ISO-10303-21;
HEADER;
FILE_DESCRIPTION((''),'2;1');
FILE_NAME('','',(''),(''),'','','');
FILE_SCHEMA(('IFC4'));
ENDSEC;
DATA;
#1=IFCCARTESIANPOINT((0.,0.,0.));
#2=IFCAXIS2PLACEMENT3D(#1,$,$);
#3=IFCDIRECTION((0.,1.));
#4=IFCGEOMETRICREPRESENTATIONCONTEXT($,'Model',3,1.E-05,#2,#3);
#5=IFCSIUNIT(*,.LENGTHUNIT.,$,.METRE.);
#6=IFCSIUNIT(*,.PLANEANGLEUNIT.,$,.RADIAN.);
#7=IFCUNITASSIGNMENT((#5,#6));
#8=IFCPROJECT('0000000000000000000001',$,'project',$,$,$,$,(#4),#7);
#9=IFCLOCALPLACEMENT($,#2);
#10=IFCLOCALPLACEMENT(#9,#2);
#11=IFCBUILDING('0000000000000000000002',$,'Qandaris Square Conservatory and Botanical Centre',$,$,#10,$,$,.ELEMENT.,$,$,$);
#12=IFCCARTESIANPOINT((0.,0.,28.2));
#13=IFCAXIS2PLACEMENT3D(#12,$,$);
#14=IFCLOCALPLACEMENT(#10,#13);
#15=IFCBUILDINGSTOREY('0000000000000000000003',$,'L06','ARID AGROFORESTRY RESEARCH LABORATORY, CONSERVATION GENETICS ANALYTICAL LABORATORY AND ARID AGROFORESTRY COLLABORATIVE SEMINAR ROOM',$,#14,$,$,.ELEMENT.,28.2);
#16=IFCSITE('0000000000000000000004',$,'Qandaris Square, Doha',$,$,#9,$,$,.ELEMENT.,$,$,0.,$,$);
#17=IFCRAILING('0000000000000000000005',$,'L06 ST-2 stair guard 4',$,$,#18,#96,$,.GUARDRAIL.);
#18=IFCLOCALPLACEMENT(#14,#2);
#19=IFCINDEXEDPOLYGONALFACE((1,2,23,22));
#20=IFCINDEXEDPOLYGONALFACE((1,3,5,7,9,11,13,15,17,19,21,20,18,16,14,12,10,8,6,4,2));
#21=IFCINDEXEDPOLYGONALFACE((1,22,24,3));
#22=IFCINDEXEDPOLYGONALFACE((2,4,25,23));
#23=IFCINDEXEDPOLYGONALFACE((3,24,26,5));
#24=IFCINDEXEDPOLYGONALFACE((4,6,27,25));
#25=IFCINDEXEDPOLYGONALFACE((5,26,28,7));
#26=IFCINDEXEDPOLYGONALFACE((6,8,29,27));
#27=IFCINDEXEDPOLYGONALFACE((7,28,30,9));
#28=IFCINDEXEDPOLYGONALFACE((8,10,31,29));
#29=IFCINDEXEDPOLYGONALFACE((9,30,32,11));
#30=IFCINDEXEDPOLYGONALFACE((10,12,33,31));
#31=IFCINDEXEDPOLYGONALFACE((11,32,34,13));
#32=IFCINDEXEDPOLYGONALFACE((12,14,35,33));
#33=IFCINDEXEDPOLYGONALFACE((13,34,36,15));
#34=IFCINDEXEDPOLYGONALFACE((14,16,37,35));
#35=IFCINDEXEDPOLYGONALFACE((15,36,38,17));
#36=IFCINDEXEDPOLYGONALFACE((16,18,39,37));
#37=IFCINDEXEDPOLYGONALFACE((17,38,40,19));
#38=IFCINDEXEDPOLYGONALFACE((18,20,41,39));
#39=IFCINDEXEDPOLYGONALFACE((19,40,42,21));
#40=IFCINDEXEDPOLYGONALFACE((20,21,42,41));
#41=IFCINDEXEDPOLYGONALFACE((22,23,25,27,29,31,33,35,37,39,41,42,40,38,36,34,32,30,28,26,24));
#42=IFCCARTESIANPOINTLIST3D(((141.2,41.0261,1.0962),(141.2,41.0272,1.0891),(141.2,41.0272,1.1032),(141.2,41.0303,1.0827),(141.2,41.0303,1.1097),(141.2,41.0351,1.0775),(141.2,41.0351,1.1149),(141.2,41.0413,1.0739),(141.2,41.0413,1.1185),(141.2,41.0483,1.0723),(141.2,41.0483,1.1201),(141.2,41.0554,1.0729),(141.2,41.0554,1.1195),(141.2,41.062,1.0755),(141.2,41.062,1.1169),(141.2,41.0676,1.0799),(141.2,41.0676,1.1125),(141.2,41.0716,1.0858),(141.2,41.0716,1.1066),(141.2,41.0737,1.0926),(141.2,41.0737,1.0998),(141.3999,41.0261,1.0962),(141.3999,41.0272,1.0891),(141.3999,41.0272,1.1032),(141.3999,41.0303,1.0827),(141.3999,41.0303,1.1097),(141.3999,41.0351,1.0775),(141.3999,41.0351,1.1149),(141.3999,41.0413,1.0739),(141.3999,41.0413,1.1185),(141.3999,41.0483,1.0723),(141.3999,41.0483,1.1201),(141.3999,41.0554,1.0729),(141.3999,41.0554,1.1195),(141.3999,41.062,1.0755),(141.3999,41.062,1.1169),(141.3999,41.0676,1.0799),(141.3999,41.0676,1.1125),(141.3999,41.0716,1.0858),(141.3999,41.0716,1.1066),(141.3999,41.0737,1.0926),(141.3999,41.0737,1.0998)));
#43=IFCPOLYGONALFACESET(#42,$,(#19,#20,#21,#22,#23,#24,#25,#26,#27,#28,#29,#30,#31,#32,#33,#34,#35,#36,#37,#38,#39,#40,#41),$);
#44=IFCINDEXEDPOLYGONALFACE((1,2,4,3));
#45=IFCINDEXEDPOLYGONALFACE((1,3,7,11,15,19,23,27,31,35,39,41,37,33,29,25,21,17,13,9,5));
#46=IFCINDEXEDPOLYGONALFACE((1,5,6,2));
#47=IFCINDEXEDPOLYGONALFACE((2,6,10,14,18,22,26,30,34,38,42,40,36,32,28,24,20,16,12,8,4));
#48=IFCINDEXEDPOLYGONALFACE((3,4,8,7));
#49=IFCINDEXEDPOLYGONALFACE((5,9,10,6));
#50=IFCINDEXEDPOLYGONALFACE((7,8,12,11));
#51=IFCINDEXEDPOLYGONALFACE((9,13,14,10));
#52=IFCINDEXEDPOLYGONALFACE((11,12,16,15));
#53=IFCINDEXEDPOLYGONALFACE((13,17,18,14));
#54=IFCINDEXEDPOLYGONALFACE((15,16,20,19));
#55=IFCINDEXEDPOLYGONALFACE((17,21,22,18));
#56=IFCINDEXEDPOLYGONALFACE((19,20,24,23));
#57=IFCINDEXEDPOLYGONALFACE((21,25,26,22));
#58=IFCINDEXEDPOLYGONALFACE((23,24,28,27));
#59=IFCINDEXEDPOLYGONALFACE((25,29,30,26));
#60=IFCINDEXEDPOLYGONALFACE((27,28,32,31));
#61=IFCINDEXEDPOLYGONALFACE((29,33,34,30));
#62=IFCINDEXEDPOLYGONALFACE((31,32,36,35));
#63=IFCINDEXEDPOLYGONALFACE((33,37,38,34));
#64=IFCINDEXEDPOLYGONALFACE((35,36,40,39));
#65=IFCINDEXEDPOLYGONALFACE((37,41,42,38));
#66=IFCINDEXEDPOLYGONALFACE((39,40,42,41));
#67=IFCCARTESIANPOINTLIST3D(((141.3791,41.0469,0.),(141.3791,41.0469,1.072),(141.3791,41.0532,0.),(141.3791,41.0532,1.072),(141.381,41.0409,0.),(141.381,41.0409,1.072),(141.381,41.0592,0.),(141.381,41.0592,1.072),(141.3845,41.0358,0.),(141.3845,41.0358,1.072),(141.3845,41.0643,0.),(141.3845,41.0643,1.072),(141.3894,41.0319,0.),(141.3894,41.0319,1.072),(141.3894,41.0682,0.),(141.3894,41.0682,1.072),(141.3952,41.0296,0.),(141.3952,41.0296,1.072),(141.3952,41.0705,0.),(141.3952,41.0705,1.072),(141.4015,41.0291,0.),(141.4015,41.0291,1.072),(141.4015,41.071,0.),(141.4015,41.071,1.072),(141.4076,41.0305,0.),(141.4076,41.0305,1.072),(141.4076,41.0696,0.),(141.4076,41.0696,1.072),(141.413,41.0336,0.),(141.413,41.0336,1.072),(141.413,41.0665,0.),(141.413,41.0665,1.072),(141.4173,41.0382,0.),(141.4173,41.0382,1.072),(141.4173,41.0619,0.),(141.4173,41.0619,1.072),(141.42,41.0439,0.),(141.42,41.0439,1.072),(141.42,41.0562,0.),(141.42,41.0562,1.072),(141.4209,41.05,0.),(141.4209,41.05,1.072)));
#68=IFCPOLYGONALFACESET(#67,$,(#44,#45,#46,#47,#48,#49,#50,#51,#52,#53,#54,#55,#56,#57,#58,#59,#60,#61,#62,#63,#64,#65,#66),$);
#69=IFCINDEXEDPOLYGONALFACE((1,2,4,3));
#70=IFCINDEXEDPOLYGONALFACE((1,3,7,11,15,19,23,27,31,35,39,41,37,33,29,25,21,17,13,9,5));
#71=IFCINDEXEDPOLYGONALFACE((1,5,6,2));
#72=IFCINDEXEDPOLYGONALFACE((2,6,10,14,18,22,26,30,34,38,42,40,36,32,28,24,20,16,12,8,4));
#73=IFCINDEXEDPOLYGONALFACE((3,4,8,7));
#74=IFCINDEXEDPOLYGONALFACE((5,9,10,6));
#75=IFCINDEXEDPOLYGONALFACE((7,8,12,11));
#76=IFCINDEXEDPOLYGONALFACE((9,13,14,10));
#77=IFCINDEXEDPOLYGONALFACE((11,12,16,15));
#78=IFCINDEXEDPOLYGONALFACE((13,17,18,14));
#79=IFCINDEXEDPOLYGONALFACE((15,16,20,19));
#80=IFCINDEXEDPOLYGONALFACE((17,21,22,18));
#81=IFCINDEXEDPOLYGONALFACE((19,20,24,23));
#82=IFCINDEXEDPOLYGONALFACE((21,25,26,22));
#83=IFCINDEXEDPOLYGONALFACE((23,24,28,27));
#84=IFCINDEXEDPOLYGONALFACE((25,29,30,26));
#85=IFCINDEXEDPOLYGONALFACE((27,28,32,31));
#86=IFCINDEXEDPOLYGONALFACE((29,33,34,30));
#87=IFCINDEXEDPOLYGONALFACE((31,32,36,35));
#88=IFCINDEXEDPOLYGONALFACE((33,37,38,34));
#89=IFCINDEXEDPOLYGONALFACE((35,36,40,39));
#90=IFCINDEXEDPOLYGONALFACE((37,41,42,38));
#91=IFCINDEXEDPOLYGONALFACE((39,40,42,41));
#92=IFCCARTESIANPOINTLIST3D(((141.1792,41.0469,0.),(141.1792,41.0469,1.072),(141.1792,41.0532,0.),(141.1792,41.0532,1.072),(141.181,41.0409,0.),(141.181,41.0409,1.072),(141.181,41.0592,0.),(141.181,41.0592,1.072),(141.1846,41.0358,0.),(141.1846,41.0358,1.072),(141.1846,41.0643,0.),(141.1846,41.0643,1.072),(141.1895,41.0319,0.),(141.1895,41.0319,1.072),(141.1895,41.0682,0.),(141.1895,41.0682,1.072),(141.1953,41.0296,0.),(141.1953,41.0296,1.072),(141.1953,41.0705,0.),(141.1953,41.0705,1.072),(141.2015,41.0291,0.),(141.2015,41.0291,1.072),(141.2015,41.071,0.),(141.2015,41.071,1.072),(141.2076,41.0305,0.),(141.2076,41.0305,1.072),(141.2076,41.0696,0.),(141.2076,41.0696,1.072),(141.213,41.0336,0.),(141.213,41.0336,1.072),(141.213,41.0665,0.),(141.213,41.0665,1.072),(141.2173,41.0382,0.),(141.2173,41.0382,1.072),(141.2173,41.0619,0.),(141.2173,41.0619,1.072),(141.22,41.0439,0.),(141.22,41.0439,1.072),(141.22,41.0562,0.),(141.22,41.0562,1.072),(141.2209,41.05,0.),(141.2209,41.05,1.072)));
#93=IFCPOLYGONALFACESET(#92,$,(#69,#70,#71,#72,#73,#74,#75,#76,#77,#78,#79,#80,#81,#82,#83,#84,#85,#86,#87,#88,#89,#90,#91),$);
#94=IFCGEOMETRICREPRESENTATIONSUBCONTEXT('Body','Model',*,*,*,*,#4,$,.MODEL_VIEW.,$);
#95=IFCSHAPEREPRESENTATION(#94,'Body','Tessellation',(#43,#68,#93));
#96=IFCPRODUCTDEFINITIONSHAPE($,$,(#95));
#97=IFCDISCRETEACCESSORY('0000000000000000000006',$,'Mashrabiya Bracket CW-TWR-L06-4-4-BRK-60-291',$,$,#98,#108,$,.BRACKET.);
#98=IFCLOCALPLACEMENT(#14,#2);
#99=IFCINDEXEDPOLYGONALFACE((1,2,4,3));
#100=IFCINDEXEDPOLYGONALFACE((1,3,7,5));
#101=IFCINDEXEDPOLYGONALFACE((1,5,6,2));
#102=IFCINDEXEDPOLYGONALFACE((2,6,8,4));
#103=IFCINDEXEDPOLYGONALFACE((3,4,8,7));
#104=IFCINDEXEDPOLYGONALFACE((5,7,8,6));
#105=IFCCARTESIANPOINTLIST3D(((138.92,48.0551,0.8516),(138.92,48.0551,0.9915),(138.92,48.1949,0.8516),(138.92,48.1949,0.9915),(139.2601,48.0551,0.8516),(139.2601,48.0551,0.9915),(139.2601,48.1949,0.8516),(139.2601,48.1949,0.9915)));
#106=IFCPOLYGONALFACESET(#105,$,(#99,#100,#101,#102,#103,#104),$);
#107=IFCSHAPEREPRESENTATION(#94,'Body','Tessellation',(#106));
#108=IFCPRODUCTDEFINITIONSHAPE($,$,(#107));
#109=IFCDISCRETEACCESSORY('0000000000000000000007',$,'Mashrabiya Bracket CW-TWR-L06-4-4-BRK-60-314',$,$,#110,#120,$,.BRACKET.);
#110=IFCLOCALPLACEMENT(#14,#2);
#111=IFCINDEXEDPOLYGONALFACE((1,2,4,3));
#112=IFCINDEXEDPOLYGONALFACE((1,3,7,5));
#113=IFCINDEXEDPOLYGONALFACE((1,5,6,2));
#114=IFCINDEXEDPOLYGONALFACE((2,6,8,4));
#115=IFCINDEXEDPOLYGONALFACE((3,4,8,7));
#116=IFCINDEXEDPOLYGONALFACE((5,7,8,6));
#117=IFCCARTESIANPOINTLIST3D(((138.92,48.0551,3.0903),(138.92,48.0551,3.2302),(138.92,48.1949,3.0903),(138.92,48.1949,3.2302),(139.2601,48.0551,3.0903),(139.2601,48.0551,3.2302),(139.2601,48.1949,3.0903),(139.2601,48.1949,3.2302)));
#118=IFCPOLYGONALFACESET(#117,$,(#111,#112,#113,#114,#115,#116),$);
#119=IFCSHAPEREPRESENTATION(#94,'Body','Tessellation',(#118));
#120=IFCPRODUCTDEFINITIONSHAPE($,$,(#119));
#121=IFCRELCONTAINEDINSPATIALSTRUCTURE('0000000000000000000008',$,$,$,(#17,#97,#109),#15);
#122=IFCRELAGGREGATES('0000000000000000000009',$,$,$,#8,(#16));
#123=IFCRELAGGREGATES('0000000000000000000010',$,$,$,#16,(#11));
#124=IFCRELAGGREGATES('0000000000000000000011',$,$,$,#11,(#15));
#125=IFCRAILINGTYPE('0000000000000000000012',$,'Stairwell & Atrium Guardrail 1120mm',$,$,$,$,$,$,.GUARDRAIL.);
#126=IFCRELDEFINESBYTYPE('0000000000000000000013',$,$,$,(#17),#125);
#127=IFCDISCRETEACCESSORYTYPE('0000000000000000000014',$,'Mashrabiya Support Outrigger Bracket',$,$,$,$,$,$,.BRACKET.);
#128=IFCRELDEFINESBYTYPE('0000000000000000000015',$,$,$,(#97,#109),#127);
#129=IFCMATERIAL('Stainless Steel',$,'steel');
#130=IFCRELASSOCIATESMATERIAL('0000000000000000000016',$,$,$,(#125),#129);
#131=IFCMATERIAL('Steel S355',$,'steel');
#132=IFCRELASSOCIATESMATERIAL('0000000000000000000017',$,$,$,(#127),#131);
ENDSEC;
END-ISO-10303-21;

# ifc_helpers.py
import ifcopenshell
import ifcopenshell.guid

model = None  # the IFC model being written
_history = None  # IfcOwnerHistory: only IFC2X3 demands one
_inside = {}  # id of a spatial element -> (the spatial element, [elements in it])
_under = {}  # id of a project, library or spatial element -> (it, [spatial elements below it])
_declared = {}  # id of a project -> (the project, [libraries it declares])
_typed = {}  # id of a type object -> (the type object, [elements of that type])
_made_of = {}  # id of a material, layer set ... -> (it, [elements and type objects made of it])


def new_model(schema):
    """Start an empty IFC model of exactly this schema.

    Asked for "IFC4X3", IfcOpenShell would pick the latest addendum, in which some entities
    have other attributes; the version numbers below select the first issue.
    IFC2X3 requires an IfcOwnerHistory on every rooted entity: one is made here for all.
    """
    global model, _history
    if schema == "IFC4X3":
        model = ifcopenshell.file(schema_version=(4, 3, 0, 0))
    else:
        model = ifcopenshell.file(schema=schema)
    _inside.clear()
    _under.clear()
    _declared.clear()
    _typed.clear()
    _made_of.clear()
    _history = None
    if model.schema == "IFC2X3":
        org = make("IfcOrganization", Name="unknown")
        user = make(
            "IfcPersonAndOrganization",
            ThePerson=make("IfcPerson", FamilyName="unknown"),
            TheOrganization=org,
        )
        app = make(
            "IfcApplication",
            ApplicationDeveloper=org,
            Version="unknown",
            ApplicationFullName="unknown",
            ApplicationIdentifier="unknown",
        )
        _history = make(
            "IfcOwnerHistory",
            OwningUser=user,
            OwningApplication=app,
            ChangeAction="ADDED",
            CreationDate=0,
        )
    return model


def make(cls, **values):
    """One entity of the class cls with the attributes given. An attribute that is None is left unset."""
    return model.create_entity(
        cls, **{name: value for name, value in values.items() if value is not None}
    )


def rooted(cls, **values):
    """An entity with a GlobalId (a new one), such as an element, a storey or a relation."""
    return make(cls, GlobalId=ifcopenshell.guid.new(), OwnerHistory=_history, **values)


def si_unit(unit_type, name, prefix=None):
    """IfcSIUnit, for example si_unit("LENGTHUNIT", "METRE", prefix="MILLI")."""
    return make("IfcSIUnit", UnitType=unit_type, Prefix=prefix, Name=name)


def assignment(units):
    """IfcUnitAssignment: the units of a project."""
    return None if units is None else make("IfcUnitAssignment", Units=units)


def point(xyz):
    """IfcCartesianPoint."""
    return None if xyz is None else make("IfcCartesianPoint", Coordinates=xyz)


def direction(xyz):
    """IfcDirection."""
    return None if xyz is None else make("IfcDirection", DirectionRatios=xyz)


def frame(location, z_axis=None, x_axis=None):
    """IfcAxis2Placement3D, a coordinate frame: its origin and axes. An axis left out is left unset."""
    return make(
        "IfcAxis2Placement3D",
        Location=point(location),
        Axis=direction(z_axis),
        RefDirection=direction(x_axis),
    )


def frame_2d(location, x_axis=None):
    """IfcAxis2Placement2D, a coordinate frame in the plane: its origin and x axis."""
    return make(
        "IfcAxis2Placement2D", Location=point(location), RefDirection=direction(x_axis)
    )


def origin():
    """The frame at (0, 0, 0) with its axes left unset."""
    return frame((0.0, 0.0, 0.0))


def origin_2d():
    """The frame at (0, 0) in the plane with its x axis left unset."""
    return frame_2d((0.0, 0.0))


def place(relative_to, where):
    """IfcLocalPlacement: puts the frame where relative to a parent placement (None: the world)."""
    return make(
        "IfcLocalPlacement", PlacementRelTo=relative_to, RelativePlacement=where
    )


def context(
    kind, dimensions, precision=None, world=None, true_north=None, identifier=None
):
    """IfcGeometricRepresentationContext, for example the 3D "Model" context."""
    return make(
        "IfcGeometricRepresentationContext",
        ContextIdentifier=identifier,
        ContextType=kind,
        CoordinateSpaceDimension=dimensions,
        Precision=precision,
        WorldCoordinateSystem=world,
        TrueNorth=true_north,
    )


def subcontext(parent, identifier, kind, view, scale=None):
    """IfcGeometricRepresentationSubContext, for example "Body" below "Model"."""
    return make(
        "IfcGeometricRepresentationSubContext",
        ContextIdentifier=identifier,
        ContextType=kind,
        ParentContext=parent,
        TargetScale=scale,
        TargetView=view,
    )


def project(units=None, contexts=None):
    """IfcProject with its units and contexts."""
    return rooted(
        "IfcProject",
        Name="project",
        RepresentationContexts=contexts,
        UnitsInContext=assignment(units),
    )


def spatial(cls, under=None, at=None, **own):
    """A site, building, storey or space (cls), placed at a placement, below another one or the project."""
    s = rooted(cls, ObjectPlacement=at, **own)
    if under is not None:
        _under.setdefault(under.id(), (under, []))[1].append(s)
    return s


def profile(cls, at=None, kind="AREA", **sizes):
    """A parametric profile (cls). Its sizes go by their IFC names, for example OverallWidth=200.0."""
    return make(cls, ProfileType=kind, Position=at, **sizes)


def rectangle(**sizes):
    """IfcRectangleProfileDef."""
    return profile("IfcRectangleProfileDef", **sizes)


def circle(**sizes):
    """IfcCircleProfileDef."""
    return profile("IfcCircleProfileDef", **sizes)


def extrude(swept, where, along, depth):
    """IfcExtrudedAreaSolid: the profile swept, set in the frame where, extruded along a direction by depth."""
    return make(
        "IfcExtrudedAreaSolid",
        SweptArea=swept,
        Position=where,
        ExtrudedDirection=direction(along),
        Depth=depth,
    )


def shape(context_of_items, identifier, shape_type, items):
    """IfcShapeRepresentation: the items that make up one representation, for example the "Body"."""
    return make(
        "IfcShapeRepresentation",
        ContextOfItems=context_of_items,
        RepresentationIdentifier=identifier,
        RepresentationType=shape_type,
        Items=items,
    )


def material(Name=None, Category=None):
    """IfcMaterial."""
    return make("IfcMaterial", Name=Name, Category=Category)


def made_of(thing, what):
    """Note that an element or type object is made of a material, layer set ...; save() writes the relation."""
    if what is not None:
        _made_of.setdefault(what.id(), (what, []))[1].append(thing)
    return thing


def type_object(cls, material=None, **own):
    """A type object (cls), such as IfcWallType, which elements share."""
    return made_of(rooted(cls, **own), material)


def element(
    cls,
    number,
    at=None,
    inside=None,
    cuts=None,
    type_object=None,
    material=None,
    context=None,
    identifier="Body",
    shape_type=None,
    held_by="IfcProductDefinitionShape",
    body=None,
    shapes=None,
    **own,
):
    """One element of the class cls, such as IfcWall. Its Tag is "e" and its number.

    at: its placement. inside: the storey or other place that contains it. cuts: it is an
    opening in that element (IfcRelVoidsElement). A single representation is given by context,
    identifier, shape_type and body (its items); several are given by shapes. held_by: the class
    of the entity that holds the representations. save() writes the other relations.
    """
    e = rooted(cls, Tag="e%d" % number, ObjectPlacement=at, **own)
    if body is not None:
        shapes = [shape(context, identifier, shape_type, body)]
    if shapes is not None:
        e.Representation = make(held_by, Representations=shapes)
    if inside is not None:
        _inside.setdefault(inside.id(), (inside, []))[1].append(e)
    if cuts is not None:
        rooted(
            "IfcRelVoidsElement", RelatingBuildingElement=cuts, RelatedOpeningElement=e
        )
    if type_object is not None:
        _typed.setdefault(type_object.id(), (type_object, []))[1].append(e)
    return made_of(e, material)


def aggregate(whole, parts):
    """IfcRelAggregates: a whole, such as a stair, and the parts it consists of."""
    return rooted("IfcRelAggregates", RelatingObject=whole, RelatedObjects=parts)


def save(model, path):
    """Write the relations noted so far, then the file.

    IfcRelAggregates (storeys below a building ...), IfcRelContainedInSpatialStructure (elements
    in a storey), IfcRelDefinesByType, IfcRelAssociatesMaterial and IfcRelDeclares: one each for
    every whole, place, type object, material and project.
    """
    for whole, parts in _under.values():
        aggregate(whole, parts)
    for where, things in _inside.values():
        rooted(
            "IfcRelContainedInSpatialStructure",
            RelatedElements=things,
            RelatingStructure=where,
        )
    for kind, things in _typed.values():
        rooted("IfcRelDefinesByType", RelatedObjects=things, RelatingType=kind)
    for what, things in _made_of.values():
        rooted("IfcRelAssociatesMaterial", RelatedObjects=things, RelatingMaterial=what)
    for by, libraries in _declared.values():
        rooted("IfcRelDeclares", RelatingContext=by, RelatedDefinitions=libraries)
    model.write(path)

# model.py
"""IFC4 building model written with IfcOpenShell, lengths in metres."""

from ifc_helpers import new_model, si_unit, direction, frame, origin, origin_2d, place, context, subcontext, project, spatial, rectangle, circle, extrude, material, type_object, element, save


model = new_model("IFC4")

# Units and contexts
model_context = context("Model", 3, precision=1e-05, world=origin(), true_north=direction((0.0, 1.0)))
body_context = subcontext(model_context, "Body", "Model", "MODEL_VIEW")
ifc_project = project(units=[si_unit("LENGTHUNIT", "METRE"), si_unit("PLANEANGLEUNIT", "RADIAN")], contexts=[model_context])

# Site, building, storey
site_placement = place(None, origin())
site = spatial("IfcSite", under=ifc_project, at=site_placement, Name="Qandaris Square, Doha", CompositionType="ELEMENT", RefElevation=0.0)
building_placement = place(site_placement, origin())
building = spatial("IfcBuilding", under=site, at=building_placement, Name="Qandaris Square Conservatory and Botanical Centre", CompositionType="ELEMENT")
storey_placement = place(building_placement, frame((0.0, 0.0, 28.2)))
storey = spatial("IfcBuildingStorey", under=building, at=storey_placement, Name="L06", Description="ARID AGROFORESTRY RESEARCH LABORATORY, CONSERVATION GENETICS ANALYTICAL LABORATORY AND ARID AGROFORESTRY COLLABORATIVE SEMINAR ROOM", CompositionType="ELEMENT", Elevation=28.2)

# Shared definitions
ifc_material_1 = material(Name="Steel S355", Category="steel")

# Railing
ifc_material_2 = material(Name="Stainless Steel", Category="steel")
railing_type_1 = type_object("IfcRailingType", Name="Stairwell & Atrium Guardrail 1120mm", PredefinedType="GUARDRAIL", material=ifc_material_2)
railing_1_placement = place(storey_placement, frame((141.3999, 41.05, 0.0)))
element("IfcRailing", 1, at=railing_1_placement, inside=storey, type_object=railing_type_1, Name="L06 ST-2 stair guard 4", PredefinedType="GUARDRAIL", context=body_context, shape_type="SweptSolid", body=[
    extrude(circle(Radius=0.0239, at=origin_2d()), frame((0.0, 0.0, 1.0962), z_axis=(-1.0, 0.0, 0.0), x_axis=(0.0, -1.0, 0.0)), (0.0, 0.0, 1.0), 0.2),
    extrude(circle(Radius=0.021, at=origin_2d()), origin(), (0.0, 0.0, 1.0), 1.072),
    extrude(circle(Radius=0.021, at=origin_2d()), frame((-0.2, 0.0, 0.0)), (0.0, 0.0, 1.0), 1.072),
])

# Discrete accessories
discrete_accessory_type = type_object("IfcDiscreteAccessoryType", Name="Mashrabiya Support Outrigger Bracket", PredefinedType="BRACKET", material=ifc_material_1)
for number, where, z_axis, x_axis, name in (
    (2, (139.0901, 48.125, 0.8516), (0.0, 0.0, 1.0), (0.0, -1.0, 0.0), "Mashrabiya Bracket CW-TWR-L06-4-4-BRK-60-291"),
    (3, (139.0901, 48.125, 3.0903), (0.0, 0.0, 1.0), (0.0, -1.0, 0.0), "Mashrabiya Bracket CW-TWR-L06-4-4-BRK-60-314"),
):
    element("IfcDiscreteAccessory", number, at=place(storey_placement, frame(where, z_axis=z_axis, x_axis=x_axis)), inside=storey, type_object=discrete_accessory_type, Name=name, PredefinedType="BRACKET", context=body_context, shape_type="SweptSolid", body=[
        extrude(rectangle(XDim=0.1399, YDim=0.3401, at=origin_2d()), origin(), (0.0, 0.0, 1.0), 0.1399),
    ])

save(model, "model.ifc")
